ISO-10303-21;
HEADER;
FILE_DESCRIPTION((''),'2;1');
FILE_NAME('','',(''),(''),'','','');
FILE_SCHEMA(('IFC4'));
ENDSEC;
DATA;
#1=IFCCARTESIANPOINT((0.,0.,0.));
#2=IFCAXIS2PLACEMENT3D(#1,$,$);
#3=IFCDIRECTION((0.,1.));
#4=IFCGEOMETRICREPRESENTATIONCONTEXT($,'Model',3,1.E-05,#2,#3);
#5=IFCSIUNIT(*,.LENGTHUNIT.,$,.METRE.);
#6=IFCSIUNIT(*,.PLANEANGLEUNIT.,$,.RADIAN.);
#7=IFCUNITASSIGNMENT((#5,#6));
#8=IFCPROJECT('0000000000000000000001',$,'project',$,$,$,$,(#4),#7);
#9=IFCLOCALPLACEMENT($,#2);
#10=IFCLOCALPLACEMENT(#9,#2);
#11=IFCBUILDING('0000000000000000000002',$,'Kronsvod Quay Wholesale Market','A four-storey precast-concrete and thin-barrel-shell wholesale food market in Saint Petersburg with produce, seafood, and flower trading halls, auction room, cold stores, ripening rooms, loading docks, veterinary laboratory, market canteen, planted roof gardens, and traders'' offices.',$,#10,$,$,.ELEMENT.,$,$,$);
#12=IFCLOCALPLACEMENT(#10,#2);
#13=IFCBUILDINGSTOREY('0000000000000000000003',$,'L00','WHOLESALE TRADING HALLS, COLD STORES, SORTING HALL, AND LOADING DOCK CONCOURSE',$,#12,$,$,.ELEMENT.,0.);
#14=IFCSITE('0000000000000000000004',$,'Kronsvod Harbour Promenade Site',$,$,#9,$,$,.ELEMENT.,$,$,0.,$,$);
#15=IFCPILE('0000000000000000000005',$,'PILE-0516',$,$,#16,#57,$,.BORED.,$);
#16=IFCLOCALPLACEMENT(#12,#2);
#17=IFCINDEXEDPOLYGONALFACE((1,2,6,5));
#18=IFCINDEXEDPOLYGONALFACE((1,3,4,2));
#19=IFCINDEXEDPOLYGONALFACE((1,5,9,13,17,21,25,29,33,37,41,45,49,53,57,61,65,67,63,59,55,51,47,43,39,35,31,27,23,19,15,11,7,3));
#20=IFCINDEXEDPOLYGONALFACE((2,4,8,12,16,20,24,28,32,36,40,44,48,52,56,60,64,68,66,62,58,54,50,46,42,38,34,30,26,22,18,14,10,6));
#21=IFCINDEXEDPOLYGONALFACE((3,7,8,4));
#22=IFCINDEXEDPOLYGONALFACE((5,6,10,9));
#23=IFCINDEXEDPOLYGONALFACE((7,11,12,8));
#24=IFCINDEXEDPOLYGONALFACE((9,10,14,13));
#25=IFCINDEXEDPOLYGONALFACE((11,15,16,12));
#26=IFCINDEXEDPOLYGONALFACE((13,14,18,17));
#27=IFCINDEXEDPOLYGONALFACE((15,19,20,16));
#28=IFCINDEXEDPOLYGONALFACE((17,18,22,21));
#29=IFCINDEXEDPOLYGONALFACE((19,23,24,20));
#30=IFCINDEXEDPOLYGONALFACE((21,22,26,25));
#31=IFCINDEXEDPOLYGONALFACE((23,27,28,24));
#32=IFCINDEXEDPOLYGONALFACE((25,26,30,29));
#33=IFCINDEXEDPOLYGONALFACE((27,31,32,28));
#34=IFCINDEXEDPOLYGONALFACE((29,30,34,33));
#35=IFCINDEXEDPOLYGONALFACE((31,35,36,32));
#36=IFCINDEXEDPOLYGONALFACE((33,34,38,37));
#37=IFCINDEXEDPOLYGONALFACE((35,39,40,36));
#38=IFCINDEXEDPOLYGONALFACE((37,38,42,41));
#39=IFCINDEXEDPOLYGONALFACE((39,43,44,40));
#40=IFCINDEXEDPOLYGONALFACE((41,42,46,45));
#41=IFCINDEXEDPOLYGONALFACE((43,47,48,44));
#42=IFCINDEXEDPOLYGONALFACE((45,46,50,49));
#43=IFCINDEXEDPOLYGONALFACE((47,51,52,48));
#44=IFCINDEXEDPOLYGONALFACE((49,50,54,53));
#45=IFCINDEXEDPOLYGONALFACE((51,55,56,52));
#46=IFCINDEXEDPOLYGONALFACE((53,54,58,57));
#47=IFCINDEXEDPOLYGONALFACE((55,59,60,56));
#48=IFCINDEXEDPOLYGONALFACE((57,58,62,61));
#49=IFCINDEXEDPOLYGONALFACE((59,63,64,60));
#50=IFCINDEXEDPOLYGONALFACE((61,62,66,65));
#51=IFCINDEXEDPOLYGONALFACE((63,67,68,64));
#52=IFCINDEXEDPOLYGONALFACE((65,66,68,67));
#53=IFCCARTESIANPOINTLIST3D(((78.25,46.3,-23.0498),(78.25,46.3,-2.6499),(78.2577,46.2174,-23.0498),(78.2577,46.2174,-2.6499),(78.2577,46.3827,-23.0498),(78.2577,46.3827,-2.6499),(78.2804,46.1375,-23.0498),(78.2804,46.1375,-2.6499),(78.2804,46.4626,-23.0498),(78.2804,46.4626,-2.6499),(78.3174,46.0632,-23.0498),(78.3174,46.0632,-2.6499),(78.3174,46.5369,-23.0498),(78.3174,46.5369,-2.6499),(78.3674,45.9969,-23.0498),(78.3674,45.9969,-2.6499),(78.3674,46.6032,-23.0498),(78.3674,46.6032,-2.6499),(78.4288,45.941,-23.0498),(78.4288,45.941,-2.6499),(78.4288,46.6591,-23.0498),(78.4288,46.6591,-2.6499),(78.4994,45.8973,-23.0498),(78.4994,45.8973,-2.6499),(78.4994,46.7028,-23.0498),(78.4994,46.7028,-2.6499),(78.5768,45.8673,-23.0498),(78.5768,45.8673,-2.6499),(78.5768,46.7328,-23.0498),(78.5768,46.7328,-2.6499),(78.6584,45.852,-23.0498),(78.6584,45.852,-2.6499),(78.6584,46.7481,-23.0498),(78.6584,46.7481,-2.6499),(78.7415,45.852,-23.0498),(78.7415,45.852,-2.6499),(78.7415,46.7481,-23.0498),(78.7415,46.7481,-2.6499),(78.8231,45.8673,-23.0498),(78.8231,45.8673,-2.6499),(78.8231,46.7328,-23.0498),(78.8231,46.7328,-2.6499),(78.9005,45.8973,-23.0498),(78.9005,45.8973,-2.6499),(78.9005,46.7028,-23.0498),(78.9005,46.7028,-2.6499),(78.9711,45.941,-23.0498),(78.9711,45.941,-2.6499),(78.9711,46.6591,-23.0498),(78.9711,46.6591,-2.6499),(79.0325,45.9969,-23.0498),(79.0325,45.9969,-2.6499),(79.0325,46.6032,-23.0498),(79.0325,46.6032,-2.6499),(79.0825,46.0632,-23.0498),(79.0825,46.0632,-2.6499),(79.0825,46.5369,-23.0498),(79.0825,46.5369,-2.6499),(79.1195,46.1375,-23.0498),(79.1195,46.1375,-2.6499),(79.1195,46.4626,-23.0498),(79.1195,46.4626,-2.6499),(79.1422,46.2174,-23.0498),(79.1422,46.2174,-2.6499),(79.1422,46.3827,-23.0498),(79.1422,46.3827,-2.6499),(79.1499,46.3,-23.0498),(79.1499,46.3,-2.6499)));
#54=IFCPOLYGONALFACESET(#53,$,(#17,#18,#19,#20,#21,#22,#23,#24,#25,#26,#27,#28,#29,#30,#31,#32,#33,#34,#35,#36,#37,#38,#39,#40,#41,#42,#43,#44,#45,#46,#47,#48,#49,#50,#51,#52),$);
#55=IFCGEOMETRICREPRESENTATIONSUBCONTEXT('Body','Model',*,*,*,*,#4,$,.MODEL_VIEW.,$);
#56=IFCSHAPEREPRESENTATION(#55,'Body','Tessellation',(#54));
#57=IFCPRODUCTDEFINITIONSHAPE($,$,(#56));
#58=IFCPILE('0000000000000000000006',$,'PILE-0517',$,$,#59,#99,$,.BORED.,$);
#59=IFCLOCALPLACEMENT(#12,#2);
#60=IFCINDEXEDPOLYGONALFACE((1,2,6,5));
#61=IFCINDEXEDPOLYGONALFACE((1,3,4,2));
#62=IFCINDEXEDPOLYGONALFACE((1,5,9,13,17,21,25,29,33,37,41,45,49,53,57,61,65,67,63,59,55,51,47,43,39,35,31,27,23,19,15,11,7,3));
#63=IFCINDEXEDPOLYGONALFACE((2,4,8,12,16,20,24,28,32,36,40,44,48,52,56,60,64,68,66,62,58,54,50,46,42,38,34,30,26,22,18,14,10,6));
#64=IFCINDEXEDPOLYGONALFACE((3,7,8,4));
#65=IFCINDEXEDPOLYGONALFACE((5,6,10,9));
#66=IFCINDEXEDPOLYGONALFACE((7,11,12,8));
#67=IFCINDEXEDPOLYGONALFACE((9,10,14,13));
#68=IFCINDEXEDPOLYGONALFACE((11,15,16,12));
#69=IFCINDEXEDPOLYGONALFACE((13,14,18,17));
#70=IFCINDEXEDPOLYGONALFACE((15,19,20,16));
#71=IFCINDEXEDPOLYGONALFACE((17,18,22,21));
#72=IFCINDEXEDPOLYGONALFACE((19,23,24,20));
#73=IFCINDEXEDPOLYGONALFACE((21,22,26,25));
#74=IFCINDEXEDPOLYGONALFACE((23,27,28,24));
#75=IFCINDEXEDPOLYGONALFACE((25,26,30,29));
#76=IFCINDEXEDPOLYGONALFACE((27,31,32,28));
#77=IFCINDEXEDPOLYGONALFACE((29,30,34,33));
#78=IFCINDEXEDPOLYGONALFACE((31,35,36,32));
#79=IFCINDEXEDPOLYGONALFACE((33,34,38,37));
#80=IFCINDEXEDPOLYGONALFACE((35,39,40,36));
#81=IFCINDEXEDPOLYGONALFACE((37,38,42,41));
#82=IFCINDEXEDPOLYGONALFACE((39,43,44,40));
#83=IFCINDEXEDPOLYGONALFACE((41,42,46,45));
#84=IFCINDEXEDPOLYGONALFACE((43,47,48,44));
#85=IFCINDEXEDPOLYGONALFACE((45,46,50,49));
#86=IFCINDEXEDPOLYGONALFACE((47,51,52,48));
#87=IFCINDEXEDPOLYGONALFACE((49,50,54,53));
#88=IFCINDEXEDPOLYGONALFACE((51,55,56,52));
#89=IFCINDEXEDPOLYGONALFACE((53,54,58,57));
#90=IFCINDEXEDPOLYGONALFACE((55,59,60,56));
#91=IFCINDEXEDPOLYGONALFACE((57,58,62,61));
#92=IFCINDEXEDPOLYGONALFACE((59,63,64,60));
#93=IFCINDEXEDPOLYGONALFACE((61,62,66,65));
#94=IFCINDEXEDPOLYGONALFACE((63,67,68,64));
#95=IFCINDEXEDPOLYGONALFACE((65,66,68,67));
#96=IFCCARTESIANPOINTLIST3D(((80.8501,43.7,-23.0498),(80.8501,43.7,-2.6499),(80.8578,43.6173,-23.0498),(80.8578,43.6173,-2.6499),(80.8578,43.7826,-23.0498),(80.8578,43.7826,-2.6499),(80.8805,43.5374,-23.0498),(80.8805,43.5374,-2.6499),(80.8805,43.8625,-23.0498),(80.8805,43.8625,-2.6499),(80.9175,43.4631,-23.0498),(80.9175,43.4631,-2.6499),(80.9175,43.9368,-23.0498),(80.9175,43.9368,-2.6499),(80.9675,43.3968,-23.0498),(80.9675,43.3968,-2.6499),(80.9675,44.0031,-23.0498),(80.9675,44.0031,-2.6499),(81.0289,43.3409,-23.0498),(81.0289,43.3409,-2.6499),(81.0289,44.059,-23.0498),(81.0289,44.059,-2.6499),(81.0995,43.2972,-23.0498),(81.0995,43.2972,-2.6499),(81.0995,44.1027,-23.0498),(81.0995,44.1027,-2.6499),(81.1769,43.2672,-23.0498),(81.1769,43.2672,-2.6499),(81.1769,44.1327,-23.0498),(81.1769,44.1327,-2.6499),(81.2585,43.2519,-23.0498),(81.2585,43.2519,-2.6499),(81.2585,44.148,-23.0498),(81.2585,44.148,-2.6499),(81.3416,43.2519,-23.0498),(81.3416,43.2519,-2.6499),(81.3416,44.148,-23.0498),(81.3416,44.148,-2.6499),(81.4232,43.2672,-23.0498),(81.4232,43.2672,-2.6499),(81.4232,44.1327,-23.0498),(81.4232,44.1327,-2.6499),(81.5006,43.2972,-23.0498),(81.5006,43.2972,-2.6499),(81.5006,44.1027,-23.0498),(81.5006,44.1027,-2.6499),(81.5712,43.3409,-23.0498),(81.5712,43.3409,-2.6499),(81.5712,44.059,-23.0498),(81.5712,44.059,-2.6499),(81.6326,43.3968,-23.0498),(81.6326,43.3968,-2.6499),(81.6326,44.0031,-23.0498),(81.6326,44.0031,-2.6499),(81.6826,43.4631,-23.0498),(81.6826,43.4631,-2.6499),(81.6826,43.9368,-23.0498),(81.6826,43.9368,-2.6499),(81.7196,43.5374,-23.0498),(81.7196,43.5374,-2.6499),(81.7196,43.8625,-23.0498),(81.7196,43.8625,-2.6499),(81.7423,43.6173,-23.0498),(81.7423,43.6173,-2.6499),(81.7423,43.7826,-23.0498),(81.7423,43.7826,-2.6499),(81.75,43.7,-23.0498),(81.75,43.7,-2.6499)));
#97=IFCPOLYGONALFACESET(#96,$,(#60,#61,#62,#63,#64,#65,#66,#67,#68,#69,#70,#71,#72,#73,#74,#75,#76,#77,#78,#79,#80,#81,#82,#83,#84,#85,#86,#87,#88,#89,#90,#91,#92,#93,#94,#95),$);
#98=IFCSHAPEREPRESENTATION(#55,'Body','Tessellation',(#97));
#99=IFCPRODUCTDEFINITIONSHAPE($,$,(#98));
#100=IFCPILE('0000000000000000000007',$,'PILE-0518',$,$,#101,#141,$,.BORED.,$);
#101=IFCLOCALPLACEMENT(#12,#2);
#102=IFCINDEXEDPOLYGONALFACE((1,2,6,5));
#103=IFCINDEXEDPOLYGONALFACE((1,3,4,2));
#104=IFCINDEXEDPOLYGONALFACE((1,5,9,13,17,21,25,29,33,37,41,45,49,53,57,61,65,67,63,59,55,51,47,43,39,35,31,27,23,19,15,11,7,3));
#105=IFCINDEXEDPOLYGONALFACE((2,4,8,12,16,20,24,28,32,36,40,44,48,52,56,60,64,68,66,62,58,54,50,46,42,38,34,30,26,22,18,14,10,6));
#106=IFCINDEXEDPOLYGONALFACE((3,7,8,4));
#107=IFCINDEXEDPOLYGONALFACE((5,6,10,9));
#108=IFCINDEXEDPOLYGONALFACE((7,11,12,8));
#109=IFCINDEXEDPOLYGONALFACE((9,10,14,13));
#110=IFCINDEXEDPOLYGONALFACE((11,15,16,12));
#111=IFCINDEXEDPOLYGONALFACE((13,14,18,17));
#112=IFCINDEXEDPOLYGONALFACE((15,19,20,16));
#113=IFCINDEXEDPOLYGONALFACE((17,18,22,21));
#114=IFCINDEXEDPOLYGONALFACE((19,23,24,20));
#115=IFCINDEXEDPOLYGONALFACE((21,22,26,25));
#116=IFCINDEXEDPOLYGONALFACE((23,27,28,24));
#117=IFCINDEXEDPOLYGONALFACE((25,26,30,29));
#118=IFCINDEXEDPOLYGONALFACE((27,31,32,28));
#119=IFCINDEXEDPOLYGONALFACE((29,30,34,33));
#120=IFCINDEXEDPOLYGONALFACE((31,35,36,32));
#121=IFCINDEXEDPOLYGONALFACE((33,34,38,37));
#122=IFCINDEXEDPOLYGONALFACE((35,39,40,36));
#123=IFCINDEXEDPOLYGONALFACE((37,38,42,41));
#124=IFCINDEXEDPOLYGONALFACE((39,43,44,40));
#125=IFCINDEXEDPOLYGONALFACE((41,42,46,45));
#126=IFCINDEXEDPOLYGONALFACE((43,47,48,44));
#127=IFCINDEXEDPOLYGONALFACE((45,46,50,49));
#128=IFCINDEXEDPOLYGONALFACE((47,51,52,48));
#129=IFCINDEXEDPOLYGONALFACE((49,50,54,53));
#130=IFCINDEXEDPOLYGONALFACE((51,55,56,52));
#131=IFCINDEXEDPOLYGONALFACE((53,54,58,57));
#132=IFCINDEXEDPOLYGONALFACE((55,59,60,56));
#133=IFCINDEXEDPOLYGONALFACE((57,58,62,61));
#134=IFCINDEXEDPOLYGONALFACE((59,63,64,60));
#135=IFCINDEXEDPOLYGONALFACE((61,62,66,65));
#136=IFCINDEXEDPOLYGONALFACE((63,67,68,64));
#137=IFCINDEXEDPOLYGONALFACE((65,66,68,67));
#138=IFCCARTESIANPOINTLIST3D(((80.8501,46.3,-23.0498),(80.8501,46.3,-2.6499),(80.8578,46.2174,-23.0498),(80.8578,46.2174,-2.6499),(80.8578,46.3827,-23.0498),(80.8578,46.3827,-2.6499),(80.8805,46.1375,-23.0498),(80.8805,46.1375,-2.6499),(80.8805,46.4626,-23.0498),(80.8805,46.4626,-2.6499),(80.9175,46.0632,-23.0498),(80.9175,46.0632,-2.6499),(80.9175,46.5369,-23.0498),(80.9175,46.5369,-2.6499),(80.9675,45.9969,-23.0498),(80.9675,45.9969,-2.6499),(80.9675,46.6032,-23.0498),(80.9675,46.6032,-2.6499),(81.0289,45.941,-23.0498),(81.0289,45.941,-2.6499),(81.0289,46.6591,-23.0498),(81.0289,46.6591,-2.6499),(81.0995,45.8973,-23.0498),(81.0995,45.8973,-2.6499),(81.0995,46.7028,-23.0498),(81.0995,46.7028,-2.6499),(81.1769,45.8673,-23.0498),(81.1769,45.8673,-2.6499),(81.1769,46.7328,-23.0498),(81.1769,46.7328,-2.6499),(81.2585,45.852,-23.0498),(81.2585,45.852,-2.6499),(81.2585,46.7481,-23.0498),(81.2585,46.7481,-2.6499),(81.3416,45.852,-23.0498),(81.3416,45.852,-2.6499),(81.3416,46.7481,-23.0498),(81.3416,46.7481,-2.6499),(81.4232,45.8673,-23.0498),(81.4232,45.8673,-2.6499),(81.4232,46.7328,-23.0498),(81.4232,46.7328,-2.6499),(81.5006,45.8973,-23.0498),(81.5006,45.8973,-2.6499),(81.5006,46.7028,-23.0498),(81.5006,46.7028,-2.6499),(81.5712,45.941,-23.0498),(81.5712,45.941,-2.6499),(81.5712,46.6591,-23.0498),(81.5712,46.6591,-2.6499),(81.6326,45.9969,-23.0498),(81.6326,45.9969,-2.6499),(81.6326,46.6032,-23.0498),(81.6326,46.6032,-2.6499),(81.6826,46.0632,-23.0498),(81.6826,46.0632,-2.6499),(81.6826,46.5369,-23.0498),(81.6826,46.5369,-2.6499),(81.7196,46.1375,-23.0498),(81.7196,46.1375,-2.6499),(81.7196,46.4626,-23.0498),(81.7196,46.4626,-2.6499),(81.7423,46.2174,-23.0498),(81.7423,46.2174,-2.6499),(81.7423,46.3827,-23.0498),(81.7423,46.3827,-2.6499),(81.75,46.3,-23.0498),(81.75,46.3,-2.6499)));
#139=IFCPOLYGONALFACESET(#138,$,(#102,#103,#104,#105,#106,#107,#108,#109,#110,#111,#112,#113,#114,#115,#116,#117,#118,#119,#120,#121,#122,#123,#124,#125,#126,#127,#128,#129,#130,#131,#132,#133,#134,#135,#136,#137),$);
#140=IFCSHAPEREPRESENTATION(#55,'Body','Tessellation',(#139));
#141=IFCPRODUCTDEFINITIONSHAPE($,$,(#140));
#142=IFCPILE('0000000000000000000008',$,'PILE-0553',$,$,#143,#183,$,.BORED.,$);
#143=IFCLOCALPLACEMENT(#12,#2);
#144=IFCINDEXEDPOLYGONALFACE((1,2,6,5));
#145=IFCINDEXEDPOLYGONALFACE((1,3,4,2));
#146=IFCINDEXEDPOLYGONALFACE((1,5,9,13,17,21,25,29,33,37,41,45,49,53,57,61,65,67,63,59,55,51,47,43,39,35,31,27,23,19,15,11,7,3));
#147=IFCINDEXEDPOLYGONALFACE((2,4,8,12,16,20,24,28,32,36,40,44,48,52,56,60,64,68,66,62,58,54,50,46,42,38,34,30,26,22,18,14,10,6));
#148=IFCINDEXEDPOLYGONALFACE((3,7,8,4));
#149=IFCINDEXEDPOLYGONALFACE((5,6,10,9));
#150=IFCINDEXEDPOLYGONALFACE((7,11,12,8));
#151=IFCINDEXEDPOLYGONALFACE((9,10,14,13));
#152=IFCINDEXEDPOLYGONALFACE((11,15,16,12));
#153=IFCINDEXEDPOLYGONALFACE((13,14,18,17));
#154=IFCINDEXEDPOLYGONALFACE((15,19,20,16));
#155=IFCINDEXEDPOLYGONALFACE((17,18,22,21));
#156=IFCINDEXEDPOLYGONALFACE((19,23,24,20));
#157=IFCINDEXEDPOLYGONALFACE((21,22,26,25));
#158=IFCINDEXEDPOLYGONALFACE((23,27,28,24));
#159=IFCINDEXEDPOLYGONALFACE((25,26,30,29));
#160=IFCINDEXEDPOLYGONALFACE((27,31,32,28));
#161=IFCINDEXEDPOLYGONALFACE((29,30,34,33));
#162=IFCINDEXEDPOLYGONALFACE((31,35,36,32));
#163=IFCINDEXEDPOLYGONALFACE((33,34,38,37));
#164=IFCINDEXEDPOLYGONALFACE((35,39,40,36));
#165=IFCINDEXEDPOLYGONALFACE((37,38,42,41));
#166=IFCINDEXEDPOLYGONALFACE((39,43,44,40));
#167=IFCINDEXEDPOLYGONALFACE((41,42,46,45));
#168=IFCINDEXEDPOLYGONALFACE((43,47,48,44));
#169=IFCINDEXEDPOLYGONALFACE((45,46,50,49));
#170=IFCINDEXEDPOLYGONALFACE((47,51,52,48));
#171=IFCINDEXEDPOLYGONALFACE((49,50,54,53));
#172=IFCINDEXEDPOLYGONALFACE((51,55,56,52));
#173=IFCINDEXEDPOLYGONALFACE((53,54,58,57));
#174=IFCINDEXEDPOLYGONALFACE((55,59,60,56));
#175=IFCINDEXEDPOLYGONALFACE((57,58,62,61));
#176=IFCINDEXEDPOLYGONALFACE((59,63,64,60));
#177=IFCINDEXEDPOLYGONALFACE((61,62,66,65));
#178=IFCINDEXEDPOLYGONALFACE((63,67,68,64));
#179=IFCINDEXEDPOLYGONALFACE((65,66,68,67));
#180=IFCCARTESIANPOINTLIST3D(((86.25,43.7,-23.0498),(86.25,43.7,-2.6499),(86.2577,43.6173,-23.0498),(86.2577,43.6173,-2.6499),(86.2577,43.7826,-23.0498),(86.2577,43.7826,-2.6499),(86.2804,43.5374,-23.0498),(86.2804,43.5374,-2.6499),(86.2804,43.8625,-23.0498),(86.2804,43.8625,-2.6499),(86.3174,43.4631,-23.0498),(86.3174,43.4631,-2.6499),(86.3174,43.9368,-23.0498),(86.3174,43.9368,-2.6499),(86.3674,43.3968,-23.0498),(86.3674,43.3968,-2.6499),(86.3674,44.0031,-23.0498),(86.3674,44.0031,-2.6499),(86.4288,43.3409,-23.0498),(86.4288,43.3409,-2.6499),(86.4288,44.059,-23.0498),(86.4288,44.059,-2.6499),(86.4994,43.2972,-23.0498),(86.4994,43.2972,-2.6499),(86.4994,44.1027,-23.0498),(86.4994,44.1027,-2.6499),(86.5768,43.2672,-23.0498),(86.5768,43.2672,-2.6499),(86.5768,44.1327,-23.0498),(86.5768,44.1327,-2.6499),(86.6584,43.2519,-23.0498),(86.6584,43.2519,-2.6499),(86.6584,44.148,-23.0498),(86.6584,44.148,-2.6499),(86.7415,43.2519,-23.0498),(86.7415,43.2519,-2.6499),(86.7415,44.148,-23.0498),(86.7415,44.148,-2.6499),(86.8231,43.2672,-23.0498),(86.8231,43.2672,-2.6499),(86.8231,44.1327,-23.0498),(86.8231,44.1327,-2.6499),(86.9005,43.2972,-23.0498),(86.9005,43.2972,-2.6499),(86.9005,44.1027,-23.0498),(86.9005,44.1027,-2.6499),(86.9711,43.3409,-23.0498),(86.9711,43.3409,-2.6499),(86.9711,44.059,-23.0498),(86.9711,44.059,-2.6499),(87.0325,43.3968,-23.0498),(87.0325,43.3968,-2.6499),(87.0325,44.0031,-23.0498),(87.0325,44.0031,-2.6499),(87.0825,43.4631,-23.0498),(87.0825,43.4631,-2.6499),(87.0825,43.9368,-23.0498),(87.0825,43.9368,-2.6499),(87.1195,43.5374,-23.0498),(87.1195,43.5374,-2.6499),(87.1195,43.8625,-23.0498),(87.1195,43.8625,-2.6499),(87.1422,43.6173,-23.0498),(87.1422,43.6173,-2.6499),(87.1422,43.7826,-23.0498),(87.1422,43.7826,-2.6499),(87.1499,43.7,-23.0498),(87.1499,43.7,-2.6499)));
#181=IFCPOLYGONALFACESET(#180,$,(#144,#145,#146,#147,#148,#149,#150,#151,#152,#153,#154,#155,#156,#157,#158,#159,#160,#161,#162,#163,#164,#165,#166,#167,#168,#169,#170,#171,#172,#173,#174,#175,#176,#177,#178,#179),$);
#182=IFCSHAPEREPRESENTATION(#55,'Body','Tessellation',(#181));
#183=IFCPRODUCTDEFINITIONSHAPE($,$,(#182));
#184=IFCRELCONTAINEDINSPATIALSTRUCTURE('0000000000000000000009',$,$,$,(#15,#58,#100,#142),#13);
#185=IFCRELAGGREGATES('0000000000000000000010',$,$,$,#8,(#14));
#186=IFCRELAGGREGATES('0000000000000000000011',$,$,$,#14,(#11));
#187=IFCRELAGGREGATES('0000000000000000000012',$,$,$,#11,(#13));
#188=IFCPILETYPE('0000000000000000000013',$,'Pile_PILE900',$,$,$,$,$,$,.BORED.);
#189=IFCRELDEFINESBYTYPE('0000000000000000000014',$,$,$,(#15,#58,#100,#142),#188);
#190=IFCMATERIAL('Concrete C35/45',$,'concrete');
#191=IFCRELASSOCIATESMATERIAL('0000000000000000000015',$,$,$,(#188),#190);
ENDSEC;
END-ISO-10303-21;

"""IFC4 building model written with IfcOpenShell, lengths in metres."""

from ifc_helpers import new_model, si_unit, direction, frame, origin, origin_2d, place, context, subcontext, project, spatial, circle, extrude, material, material_profile, profile_set, type_object, element, save


model = new_model("IFC4")

# Units and contexts
model_context = context("Model", 3, precision=1e-05, world=origin(), true_north=direction((0.0, 1.0)))
body_context = subcontext(model_context, "Body", "Model", "MODEL_VIEW")
ifc_project = project(units=[si_unit("LENGTHUNIT", "METRE"), si_unit("PLANEANGLEUNIT", "RADIAN")], contexts=[model_context])

# Site, building, storey
site_placement = place(None, origin())
site = spatial("IfcSite", under=ifc_project, at=site_placement, Name="Kronsvod Harbour Promenade Site", CompositionType="ELEMENT", RefElevation=0.0)
building_placement = place(site_placement, origin())
building = spatial("IfcBuilding", under=site, at=building_placement, Name="Kronsvod Quay Wholesale Market", Description="A four-storey precast-concrete and thin-barrel-shell wholesale food market in Saint Petersburg with produce, seafood, and flower trading halls, auction room, cold stores, ripening rooms, loading docks, veterinary laboratory, market canteen, planted roof gardens, and traders' offices.", CompositionType="ELEMENT")
storey_placement = place(building_placement, origin())
storey = spatial("IfcBuildingStorey", under=building, at=storey_placement, Name="L00", Description="WHOLESALE TRADING HALLS, COLD STORES, SORTING HALL, AND LOADING DOCK CONCOURSE", CompositionType="ELEMENT", Elevation=0.0)

# Piles
ifc_material_1 = material(Name="Concrete C35/45", Category="concrete")
ifc_material_profile_1 = material_profile(ifc_material_1, circle(Radius=0.45, at=origin_2d()), Name="PILE900")
ifc_profile_set_1 = profile_set([ifc_material_profile_1], Name="Concrete C35/45")
pile_type_1 = type_object("IfcPileType", Name="Pile_PILE900", PredefinedType="BORED", material=ifc_profile_set_1)
for number, where, z_axis, x_axis, name in (
    (1, (78.7, 46.3, -2.6499), (0.0, 0.0, -1.0), (1.0, 0.0, 0.0), "PILE-0516"),
    (2, (81.3, 43.7, -2.6499), (0.0, 0.0, -1.0), (1.0, 0.0, 0.0), "PILE-0517"),
    (3, (81.3, 46.3, -2.6499), (0.0, 0.0, -1.0), (1.0, 0.0, 0.0), "PILE-0518"),
    (4, (86.7, 43.7, -2.6499), (0.0, 0.0, -1.0), (1.0, 0.0, 0.0), "PILE-0553"),
):
    element("IfcPile", number, at=place(storey_placement, frame(where, z_axis=z_axis, x_axis=x_axis)), inside=storey, type_object=pile_type_1, Name=name, PredefinedType="BORED", context=body_context, shape_type="SweptSolid", body=[
        extrude(circle(Radius=0.45, at=origin_2d()), origin(), (0.0, 0.0, 1.0), 20.3999),
    ])

save(model, "model.ifc")
